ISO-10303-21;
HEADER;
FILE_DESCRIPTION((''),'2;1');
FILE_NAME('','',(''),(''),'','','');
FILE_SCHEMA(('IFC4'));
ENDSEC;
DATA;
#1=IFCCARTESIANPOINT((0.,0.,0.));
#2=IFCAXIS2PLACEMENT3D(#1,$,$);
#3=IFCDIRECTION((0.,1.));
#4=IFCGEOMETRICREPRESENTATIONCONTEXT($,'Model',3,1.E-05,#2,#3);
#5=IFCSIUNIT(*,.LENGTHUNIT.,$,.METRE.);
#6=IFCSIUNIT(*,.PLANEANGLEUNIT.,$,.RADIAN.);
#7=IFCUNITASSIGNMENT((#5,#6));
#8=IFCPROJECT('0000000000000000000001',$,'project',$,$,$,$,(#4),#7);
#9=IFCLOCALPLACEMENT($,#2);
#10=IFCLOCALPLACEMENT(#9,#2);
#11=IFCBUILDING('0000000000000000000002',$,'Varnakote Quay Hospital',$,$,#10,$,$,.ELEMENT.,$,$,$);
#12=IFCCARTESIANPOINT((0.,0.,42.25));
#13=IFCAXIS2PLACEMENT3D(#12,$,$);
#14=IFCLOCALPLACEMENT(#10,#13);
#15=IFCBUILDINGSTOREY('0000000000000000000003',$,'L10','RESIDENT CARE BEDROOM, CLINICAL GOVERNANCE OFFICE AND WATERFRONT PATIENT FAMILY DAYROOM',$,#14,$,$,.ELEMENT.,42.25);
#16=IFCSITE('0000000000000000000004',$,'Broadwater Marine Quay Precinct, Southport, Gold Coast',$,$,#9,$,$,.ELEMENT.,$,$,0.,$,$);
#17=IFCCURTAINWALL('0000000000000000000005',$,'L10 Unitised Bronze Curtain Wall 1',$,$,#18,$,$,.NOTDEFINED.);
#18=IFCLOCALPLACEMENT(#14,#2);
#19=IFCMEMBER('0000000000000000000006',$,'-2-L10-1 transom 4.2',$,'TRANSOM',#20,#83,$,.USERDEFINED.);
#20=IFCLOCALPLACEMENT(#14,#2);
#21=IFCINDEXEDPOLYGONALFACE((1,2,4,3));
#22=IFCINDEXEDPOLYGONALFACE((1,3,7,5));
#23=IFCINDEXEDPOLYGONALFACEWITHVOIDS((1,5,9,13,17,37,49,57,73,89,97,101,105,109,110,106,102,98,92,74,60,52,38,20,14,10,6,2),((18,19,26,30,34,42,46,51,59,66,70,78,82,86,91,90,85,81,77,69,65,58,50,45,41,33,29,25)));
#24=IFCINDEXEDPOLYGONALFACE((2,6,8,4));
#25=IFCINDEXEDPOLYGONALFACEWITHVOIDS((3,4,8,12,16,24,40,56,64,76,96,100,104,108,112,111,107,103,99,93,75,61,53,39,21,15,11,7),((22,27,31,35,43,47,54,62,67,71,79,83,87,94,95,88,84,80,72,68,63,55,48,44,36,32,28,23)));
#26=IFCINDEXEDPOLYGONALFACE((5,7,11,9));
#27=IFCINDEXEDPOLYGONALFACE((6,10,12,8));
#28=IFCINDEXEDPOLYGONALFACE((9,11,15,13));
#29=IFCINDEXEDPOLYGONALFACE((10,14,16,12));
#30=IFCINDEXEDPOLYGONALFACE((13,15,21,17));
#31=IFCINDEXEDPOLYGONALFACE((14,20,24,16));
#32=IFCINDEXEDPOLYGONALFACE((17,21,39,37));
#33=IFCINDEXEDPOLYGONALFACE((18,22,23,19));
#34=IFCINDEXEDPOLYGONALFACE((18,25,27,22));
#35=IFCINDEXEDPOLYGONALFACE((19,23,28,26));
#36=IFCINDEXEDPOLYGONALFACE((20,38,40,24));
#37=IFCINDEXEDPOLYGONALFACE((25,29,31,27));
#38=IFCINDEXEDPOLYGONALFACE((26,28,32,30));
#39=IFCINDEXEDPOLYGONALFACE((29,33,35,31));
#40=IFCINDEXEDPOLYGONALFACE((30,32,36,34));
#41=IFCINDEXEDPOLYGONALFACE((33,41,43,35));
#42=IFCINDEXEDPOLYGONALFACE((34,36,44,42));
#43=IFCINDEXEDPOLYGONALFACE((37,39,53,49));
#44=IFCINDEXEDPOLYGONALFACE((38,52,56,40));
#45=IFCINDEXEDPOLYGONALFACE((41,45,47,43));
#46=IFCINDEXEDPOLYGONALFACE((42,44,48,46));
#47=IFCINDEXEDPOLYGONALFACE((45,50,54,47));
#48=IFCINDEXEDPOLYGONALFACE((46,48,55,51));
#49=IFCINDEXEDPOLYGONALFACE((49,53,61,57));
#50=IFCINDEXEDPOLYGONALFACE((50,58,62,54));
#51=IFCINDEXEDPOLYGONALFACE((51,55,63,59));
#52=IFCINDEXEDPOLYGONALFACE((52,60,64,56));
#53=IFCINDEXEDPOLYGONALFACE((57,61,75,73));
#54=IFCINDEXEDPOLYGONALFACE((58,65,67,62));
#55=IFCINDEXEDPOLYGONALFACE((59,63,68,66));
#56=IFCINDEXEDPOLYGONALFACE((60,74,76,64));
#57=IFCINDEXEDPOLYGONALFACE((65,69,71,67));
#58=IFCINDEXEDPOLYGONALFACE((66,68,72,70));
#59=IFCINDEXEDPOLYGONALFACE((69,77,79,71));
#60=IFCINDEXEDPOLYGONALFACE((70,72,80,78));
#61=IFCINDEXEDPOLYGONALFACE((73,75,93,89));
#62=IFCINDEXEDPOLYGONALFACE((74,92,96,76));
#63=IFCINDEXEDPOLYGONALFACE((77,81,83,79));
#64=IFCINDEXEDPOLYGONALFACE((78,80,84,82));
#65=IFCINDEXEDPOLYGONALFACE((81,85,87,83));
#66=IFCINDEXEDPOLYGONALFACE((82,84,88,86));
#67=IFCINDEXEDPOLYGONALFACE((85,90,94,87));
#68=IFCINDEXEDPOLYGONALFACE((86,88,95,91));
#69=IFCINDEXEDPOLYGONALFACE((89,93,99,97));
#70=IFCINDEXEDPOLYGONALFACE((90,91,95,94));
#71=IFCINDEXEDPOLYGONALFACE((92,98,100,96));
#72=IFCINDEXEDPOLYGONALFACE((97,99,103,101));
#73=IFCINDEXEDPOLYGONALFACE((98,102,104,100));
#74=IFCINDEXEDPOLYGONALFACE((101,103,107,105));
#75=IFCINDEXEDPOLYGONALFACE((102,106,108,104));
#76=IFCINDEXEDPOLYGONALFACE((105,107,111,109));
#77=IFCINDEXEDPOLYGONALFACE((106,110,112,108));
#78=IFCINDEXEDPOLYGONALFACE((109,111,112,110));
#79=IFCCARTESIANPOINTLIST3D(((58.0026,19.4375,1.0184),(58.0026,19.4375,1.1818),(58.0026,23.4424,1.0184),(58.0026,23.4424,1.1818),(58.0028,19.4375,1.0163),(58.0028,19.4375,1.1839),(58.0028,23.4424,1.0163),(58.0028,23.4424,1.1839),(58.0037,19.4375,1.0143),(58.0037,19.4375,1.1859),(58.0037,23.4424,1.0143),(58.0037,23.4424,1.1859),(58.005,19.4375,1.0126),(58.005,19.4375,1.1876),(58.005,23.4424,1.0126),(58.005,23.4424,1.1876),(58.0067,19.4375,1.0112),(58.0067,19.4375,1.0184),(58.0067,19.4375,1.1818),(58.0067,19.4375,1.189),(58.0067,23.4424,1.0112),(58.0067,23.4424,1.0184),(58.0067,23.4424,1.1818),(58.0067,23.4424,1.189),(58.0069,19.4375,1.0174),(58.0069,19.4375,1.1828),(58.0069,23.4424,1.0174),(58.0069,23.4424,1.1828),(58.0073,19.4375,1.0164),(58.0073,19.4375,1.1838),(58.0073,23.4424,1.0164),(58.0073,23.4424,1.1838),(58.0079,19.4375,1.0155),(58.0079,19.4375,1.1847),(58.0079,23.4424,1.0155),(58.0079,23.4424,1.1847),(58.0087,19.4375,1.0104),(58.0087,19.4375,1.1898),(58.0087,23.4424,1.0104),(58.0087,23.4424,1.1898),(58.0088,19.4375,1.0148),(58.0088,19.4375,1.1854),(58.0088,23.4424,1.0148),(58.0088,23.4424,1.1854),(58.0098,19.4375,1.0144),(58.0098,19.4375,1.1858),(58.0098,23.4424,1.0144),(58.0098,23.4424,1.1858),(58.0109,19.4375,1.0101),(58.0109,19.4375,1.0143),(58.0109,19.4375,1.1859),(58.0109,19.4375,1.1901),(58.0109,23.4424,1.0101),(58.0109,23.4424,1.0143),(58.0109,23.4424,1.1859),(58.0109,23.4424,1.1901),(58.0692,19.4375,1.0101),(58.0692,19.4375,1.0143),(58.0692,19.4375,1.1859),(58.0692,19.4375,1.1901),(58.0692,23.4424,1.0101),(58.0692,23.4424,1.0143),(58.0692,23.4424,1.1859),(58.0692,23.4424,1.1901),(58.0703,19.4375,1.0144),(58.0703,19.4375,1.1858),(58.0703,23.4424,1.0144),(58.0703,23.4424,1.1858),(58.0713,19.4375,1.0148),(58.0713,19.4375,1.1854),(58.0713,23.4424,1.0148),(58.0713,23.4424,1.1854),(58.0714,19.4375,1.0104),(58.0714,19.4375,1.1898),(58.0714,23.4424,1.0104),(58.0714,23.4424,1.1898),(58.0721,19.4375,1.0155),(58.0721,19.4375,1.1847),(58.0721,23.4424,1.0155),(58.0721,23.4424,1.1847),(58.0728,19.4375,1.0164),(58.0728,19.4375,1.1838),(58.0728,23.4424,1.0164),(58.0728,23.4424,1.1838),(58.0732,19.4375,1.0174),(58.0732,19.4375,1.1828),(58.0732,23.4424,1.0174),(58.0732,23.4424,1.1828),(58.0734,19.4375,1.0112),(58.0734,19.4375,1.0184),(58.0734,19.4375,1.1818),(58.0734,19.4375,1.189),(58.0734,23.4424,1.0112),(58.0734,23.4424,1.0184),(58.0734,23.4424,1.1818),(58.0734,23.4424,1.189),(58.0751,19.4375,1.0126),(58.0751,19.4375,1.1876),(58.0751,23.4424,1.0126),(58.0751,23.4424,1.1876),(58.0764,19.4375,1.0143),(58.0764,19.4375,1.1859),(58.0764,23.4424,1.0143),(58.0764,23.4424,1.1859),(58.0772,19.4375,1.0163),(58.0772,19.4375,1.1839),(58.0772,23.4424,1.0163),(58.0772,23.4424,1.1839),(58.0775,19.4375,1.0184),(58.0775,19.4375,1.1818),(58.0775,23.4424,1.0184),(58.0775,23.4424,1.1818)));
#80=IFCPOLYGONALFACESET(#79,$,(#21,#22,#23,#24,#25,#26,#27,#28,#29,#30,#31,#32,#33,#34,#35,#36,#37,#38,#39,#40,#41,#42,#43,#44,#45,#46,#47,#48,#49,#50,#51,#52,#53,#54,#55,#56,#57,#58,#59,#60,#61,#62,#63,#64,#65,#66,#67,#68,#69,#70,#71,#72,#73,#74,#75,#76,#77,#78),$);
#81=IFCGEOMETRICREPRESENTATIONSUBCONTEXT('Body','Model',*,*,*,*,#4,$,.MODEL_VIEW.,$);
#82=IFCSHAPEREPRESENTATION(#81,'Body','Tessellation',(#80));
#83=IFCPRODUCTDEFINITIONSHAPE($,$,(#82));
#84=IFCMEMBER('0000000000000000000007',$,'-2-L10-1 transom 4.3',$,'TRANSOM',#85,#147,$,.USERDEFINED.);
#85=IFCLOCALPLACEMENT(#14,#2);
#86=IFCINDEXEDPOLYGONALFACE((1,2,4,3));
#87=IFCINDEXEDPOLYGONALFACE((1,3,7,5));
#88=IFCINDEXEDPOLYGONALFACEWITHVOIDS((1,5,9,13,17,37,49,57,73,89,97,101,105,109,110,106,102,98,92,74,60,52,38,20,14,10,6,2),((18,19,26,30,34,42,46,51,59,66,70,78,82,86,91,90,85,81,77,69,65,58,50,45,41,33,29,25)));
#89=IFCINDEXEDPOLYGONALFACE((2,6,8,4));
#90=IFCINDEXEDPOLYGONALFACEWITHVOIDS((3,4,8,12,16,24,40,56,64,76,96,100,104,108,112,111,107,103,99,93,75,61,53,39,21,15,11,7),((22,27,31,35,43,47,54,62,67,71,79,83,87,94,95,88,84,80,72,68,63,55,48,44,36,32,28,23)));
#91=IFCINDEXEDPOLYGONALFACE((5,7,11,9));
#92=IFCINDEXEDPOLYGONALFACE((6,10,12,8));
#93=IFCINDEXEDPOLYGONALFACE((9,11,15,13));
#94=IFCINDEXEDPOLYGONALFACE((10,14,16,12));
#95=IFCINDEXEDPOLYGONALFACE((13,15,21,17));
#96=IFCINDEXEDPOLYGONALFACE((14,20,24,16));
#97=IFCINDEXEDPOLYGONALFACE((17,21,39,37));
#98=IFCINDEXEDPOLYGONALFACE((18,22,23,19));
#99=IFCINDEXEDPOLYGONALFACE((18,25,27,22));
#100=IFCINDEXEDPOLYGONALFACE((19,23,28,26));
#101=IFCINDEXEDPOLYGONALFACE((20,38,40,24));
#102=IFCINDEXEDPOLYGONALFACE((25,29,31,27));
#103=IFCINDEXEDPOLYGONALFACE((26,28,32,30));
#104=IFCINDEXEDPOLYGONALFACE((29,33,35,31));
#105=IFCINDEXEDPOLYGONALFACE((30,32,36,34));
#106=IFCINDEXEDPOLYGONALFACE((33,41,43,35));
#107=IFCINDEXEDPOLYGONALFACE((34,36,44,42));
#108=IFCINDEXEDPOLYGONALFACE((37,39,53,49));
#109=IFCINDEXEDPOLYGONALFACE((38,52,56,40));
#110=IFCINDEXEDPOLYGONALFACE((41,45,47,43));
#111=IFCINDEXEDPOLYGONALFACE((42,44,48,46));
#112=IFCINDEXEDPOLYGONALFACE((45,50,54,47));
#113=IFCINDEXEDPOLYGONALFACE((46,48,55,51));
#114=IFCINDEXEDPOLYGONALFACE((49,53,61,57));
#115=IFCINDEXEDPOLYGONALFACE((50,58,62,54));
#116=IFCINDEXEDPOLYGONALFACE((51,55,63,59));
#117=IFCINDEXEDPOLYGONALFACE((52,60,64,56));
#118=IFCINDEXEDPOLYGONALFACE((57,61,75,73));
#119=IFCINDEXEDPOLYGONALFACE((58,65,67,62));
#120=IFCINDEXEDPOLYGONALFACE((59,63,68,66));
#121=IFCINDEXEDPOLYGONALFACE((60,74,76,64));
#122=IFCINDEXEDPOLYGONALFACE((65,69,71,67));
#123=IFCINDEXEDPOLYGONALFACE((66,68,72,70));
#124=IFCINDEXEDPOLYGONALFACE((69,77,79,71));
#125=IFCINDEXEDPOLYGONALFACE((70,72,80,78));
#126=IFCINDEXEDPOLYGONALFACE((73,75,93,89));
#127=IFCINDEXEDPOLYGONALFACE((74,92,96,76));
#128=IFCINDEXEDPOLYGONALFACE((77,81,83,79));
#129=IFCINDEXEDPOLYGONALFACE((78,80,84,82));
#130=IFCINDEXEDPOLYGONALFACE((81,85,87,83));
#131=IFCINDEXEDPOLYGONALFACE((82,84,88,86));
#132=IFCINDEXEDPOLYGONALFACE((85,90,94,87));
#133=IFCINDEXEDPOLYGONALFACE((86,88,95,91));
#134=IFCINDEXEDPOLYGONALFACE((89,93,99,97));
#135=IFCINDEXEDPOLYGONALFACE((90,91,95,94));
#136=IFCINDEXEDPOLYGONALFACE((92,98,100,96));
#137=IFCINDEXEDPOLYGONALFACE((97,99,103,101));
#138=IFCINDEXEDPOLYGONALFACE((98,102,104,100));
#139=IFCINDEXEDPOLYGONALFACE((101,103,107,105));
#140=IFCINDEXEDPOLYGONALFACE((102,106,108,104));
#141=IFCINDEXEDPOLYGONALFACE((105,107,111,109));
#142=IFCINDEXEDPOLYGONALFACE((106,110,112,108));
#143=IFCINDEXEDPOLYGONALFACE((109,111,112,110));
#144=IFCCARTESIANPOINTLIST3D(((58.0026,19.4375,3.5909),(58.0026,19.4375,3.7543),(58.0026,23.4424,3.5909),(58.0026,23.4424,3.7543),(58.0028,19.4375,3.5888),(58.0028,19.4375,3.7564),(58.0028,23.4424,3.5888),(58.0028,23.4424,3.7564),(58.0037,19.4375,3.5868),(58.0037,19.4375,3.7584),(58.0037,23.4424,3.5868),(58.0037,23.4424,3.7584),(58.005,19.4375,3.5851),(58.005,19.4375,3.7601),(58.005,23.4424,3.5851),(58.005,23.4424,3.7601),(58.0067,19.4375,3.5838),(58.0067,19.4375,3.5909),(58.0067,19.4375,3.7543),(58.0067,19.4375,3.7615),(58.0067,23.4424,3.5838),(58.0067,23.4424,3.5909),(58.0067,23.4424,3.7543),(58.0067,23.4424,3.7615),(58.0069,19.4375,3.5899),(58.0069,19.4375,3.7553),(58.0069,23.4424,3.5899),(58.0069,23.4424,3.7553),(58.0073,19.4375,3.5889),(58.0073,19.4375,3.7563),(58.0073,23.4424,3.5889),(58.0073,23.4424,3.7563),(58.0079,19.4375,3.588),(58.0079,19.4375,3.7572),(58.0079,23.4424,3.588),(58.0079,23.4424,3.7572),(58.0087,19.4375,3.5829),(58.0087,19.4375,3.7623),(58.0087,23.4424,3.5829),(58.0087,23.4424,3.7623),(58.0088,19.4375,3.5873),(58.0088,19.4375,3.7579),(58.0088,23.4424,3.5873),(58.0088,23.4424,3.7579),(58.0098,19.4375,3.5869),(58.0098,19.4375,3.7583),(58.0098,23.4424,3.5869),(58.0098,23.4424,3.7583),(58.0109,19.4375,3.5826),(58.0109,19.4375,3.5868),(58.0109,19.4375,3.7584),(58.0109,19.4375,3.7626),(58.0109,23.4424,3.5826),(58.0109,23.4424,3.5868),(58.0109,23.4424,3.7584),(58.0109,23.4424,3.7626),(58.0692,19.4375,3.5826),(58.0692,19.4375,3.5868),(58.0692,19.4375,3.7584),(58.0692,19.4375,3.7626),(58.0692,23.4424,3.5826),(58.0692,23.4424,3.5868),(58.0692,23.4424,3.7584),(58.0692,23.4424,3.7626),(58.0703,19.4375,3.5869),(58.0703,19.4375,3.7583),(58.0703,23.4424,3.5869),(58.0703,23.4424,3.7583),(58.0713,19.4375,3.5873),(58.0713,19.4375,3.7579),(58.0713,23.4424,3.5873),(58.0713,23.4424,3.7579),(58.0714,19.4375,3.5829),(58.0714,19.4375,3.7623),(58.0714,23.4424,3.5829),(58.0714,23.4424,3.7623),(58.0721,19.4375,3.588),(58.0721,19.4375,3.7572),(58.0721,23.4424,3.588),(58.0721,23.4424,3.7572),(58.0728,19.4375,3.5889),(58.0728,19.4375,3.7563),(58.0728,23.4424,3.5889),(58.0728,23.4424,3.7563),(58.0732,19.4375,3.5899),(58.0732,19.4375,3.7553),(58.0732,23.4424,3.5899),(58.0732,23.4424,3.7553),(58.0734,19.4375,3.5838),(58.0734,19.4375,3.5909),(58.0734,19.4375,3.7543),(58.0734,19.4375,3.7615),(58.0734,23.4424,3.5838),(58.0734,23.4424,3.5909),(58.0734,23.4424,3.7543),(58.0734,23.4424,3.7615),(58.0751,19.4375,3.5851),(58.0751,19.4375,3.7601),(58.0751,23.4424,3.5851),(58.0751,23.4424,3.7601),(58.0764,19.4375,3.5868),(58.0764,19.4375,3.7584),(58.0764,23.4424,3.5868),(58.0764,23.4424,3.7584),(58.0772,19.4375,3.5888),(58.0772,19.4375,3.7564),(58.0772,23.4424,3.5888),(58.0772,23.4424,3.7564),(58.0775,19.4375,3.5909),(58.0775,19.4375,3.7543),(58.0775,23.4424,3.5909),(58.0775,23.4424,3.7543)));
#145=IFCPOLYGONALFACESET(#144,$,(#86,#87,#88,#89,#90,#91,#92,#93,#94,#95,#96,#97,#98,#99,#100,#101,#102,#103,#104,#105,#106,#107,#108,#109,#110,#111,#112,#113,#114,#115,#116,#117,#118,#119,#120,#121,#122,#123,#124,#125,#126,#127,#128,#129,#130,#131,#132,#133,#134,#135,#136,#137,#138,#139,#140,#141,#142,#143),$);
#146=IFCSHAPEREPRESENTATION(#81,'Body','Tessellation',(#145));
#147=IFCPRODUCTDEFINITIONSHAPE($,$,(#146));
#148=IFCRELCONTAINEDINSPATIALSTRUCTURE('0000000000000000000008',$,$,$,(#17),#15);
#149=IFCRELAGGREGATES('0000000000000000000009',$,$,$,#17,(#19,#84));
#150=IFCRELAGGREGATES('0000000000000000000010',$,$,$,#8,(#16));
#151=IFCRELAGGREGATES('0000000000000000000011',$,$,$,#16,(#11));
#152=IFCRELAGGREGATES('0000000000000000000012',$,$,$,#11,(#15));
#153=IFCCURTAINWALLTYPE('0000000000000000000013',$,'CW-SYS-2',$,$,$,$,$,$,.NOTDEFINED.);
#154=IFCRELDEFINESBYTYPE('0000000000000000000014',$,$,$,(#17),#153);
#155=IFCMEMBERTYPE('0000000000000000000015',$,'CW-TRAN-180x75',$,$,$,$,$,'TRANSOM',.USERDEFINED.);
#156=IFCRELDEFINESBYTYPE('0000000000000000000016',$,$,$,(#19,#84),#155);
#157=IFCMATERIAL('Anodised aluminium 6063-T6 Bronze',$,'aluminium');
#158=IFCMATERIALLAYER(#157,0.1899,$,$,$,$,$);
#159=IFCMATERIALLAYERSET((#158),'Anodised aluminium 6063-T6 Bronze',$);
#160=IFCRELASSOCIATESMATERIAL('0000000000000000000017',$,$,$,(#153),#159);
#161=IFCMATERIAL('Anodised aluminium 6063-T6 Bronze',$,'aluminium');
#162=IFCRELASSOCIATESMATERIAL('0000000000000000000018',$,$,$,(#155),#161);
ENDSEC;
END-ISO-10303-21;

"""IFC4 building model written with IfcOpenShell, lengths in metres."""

from ifc_helpers import new_model, si_unit, direction, frame, origin, origin_2d, place, context, subcontext, project, spatial, hollow_rectangle, extrude, material, layer, layer_set, material_profile, profile_set, type_object, element, aggregate, save


model = new_model("IFC4")

# Units and contexts
model_context = context("Model", 3, precision=1e-05, world=origin(), true_north=direction((0.0, 1.0)))
body_context = subcontext(model_context, "Body", "Model", "MODEL_VIEW")
ifc_project = project(units=[si_unit("LENGTHUNIT", "METRE"), si_unit("PLANEANGLEUNIT", "RADIAN")], contexts=[model_context])

# Site, building, storey
site_placement = place(None, origin())
site = spatial("IfcSite", under=ifc_project, at=site_placement, Name="Broadwater Marine Quay Precinct, Southport, Gold Coast", CompositionType="ELEMENT", RefElevation=0.0)
building_placement = place(site_placement, origin())
building = spatial("IfcBuilding", under=site, at=building_placement, Name="Varnakote Quay Hospital", CompositionType="ELEMENT")
storey_placement = place(building_placement, frame((0.0, 0.0, 42.25)))
storey = spatial("IfcBuildingStorey", under=building, at=storey_placement, Name="L10", Description="RESIDENT CARE BEDROOM, CLINICAL GOVERNANCE OFFICE AND WATERFRONT PATIENT FAMILY DAYROOM", CompositionType="ELEMENT", Elevation=42.25)

# Curtain wall, members
ifc_material_1 = material(Name="Anodised aluminium 6063-T6 Bronze", Category="aluminium")
ifc_layer_1 = layer(ifc_material_1, 0.1899)
ifc_layer_set_1 = layer_set([ifc_layer_1], Name="Anodised aluminium 6063-T6 Bronze")
curtain_wall_type = type_object("IfcCurtainWallType", Name="CW-SYS-2", PredefinedType="NOTDEFINED", material=ifc_layer_set_1)
curtain_wall_placement = place(storey_placement, origin())
curtain_wall = element("IfcCurtainWall", 1, at=curtain_wall_placement, inside=storey, type_object=curtain_wall_type, Name="L10 Unitised Bronze Curtain Wall 1", PredefinedType="NOTDEFINED")
ifc_material_2 = material(Name="Anodised aluminium 6063-T6 Bronze", Category="aluminium")
ifc_material_profile_1 = material_profile(ifc_material_2, hollow_rectangle(XDim=0.075, YDim=0.1799, WallThickness=0.0042, InnerFilletRadius=0.0042, OuterFilletRadius=0.0083, at=origin_2d()), Name="CW-TRAN-180x75")
ifc_profile_set_1 = profile_set([ifc_material_profile_1], Name="Anodised aluminium 6063-T6 Bronze")
member_type_1 = type_object("IfcMemberType", Name="CW-TRAN-180x75", ElementType="TRANSOM", PredefinedType="USERDEFINED", material=ifc_profile_set_1)
member_1_placement = place(storey_placement, frame((58.04, 19.4375, 1.1001), z_axis=(0.0, 1.0, 0.0), x_axis=(-1.0, 0.0, 0.0)))
member_1 = element("IfcMember", 2, at=member_1_placement, type_object=member_type_1, Name="-2-L10-1 transom 4.2", ObjectType="TRANSOM", PredefinedType="USERDEFINED", context=body_context, shape_type="SweptSolid", body=[
    extrude(hollow_rectangle(XDim=0.075, YDim=0.1799, WallThickness=0.0042, InnerFilletRadius=0.0042, OuterFilletRadius=0.0083, at=origin_2d()), origin(), (0.0, 0.0, 1.0), 4.0049),
])
member_2_placement = place(storey_placement, frame((58.04, 19.4375, 3.6726), z_axis=(0.0, 1.0, 0.0), x_axis=(-1.0, 0.0, 0.0)))
member_2 = element("IfcMember", 3, at=member_2_placement, type_object=member_type_1, Name="-2-L10-1 transom 4.3", ObjectType="TRANSOM", PredefinedType="USERDEFINED", context=body_context, shape_type="SweptSolid", body=[
    extrude(hollow_rectangle(XDim=0.075, YDim=0.1799, WallThickness=0.0042, InnerFilletRadius=0.0042, OuterFilletRadius=0.0083, at=origin_2d()), origin(), (0.0, 0.0, 1.0), 4.0049),
])
aggregate(curtain_wall, [member_1, member_2])

save(model, "model.ifc")
